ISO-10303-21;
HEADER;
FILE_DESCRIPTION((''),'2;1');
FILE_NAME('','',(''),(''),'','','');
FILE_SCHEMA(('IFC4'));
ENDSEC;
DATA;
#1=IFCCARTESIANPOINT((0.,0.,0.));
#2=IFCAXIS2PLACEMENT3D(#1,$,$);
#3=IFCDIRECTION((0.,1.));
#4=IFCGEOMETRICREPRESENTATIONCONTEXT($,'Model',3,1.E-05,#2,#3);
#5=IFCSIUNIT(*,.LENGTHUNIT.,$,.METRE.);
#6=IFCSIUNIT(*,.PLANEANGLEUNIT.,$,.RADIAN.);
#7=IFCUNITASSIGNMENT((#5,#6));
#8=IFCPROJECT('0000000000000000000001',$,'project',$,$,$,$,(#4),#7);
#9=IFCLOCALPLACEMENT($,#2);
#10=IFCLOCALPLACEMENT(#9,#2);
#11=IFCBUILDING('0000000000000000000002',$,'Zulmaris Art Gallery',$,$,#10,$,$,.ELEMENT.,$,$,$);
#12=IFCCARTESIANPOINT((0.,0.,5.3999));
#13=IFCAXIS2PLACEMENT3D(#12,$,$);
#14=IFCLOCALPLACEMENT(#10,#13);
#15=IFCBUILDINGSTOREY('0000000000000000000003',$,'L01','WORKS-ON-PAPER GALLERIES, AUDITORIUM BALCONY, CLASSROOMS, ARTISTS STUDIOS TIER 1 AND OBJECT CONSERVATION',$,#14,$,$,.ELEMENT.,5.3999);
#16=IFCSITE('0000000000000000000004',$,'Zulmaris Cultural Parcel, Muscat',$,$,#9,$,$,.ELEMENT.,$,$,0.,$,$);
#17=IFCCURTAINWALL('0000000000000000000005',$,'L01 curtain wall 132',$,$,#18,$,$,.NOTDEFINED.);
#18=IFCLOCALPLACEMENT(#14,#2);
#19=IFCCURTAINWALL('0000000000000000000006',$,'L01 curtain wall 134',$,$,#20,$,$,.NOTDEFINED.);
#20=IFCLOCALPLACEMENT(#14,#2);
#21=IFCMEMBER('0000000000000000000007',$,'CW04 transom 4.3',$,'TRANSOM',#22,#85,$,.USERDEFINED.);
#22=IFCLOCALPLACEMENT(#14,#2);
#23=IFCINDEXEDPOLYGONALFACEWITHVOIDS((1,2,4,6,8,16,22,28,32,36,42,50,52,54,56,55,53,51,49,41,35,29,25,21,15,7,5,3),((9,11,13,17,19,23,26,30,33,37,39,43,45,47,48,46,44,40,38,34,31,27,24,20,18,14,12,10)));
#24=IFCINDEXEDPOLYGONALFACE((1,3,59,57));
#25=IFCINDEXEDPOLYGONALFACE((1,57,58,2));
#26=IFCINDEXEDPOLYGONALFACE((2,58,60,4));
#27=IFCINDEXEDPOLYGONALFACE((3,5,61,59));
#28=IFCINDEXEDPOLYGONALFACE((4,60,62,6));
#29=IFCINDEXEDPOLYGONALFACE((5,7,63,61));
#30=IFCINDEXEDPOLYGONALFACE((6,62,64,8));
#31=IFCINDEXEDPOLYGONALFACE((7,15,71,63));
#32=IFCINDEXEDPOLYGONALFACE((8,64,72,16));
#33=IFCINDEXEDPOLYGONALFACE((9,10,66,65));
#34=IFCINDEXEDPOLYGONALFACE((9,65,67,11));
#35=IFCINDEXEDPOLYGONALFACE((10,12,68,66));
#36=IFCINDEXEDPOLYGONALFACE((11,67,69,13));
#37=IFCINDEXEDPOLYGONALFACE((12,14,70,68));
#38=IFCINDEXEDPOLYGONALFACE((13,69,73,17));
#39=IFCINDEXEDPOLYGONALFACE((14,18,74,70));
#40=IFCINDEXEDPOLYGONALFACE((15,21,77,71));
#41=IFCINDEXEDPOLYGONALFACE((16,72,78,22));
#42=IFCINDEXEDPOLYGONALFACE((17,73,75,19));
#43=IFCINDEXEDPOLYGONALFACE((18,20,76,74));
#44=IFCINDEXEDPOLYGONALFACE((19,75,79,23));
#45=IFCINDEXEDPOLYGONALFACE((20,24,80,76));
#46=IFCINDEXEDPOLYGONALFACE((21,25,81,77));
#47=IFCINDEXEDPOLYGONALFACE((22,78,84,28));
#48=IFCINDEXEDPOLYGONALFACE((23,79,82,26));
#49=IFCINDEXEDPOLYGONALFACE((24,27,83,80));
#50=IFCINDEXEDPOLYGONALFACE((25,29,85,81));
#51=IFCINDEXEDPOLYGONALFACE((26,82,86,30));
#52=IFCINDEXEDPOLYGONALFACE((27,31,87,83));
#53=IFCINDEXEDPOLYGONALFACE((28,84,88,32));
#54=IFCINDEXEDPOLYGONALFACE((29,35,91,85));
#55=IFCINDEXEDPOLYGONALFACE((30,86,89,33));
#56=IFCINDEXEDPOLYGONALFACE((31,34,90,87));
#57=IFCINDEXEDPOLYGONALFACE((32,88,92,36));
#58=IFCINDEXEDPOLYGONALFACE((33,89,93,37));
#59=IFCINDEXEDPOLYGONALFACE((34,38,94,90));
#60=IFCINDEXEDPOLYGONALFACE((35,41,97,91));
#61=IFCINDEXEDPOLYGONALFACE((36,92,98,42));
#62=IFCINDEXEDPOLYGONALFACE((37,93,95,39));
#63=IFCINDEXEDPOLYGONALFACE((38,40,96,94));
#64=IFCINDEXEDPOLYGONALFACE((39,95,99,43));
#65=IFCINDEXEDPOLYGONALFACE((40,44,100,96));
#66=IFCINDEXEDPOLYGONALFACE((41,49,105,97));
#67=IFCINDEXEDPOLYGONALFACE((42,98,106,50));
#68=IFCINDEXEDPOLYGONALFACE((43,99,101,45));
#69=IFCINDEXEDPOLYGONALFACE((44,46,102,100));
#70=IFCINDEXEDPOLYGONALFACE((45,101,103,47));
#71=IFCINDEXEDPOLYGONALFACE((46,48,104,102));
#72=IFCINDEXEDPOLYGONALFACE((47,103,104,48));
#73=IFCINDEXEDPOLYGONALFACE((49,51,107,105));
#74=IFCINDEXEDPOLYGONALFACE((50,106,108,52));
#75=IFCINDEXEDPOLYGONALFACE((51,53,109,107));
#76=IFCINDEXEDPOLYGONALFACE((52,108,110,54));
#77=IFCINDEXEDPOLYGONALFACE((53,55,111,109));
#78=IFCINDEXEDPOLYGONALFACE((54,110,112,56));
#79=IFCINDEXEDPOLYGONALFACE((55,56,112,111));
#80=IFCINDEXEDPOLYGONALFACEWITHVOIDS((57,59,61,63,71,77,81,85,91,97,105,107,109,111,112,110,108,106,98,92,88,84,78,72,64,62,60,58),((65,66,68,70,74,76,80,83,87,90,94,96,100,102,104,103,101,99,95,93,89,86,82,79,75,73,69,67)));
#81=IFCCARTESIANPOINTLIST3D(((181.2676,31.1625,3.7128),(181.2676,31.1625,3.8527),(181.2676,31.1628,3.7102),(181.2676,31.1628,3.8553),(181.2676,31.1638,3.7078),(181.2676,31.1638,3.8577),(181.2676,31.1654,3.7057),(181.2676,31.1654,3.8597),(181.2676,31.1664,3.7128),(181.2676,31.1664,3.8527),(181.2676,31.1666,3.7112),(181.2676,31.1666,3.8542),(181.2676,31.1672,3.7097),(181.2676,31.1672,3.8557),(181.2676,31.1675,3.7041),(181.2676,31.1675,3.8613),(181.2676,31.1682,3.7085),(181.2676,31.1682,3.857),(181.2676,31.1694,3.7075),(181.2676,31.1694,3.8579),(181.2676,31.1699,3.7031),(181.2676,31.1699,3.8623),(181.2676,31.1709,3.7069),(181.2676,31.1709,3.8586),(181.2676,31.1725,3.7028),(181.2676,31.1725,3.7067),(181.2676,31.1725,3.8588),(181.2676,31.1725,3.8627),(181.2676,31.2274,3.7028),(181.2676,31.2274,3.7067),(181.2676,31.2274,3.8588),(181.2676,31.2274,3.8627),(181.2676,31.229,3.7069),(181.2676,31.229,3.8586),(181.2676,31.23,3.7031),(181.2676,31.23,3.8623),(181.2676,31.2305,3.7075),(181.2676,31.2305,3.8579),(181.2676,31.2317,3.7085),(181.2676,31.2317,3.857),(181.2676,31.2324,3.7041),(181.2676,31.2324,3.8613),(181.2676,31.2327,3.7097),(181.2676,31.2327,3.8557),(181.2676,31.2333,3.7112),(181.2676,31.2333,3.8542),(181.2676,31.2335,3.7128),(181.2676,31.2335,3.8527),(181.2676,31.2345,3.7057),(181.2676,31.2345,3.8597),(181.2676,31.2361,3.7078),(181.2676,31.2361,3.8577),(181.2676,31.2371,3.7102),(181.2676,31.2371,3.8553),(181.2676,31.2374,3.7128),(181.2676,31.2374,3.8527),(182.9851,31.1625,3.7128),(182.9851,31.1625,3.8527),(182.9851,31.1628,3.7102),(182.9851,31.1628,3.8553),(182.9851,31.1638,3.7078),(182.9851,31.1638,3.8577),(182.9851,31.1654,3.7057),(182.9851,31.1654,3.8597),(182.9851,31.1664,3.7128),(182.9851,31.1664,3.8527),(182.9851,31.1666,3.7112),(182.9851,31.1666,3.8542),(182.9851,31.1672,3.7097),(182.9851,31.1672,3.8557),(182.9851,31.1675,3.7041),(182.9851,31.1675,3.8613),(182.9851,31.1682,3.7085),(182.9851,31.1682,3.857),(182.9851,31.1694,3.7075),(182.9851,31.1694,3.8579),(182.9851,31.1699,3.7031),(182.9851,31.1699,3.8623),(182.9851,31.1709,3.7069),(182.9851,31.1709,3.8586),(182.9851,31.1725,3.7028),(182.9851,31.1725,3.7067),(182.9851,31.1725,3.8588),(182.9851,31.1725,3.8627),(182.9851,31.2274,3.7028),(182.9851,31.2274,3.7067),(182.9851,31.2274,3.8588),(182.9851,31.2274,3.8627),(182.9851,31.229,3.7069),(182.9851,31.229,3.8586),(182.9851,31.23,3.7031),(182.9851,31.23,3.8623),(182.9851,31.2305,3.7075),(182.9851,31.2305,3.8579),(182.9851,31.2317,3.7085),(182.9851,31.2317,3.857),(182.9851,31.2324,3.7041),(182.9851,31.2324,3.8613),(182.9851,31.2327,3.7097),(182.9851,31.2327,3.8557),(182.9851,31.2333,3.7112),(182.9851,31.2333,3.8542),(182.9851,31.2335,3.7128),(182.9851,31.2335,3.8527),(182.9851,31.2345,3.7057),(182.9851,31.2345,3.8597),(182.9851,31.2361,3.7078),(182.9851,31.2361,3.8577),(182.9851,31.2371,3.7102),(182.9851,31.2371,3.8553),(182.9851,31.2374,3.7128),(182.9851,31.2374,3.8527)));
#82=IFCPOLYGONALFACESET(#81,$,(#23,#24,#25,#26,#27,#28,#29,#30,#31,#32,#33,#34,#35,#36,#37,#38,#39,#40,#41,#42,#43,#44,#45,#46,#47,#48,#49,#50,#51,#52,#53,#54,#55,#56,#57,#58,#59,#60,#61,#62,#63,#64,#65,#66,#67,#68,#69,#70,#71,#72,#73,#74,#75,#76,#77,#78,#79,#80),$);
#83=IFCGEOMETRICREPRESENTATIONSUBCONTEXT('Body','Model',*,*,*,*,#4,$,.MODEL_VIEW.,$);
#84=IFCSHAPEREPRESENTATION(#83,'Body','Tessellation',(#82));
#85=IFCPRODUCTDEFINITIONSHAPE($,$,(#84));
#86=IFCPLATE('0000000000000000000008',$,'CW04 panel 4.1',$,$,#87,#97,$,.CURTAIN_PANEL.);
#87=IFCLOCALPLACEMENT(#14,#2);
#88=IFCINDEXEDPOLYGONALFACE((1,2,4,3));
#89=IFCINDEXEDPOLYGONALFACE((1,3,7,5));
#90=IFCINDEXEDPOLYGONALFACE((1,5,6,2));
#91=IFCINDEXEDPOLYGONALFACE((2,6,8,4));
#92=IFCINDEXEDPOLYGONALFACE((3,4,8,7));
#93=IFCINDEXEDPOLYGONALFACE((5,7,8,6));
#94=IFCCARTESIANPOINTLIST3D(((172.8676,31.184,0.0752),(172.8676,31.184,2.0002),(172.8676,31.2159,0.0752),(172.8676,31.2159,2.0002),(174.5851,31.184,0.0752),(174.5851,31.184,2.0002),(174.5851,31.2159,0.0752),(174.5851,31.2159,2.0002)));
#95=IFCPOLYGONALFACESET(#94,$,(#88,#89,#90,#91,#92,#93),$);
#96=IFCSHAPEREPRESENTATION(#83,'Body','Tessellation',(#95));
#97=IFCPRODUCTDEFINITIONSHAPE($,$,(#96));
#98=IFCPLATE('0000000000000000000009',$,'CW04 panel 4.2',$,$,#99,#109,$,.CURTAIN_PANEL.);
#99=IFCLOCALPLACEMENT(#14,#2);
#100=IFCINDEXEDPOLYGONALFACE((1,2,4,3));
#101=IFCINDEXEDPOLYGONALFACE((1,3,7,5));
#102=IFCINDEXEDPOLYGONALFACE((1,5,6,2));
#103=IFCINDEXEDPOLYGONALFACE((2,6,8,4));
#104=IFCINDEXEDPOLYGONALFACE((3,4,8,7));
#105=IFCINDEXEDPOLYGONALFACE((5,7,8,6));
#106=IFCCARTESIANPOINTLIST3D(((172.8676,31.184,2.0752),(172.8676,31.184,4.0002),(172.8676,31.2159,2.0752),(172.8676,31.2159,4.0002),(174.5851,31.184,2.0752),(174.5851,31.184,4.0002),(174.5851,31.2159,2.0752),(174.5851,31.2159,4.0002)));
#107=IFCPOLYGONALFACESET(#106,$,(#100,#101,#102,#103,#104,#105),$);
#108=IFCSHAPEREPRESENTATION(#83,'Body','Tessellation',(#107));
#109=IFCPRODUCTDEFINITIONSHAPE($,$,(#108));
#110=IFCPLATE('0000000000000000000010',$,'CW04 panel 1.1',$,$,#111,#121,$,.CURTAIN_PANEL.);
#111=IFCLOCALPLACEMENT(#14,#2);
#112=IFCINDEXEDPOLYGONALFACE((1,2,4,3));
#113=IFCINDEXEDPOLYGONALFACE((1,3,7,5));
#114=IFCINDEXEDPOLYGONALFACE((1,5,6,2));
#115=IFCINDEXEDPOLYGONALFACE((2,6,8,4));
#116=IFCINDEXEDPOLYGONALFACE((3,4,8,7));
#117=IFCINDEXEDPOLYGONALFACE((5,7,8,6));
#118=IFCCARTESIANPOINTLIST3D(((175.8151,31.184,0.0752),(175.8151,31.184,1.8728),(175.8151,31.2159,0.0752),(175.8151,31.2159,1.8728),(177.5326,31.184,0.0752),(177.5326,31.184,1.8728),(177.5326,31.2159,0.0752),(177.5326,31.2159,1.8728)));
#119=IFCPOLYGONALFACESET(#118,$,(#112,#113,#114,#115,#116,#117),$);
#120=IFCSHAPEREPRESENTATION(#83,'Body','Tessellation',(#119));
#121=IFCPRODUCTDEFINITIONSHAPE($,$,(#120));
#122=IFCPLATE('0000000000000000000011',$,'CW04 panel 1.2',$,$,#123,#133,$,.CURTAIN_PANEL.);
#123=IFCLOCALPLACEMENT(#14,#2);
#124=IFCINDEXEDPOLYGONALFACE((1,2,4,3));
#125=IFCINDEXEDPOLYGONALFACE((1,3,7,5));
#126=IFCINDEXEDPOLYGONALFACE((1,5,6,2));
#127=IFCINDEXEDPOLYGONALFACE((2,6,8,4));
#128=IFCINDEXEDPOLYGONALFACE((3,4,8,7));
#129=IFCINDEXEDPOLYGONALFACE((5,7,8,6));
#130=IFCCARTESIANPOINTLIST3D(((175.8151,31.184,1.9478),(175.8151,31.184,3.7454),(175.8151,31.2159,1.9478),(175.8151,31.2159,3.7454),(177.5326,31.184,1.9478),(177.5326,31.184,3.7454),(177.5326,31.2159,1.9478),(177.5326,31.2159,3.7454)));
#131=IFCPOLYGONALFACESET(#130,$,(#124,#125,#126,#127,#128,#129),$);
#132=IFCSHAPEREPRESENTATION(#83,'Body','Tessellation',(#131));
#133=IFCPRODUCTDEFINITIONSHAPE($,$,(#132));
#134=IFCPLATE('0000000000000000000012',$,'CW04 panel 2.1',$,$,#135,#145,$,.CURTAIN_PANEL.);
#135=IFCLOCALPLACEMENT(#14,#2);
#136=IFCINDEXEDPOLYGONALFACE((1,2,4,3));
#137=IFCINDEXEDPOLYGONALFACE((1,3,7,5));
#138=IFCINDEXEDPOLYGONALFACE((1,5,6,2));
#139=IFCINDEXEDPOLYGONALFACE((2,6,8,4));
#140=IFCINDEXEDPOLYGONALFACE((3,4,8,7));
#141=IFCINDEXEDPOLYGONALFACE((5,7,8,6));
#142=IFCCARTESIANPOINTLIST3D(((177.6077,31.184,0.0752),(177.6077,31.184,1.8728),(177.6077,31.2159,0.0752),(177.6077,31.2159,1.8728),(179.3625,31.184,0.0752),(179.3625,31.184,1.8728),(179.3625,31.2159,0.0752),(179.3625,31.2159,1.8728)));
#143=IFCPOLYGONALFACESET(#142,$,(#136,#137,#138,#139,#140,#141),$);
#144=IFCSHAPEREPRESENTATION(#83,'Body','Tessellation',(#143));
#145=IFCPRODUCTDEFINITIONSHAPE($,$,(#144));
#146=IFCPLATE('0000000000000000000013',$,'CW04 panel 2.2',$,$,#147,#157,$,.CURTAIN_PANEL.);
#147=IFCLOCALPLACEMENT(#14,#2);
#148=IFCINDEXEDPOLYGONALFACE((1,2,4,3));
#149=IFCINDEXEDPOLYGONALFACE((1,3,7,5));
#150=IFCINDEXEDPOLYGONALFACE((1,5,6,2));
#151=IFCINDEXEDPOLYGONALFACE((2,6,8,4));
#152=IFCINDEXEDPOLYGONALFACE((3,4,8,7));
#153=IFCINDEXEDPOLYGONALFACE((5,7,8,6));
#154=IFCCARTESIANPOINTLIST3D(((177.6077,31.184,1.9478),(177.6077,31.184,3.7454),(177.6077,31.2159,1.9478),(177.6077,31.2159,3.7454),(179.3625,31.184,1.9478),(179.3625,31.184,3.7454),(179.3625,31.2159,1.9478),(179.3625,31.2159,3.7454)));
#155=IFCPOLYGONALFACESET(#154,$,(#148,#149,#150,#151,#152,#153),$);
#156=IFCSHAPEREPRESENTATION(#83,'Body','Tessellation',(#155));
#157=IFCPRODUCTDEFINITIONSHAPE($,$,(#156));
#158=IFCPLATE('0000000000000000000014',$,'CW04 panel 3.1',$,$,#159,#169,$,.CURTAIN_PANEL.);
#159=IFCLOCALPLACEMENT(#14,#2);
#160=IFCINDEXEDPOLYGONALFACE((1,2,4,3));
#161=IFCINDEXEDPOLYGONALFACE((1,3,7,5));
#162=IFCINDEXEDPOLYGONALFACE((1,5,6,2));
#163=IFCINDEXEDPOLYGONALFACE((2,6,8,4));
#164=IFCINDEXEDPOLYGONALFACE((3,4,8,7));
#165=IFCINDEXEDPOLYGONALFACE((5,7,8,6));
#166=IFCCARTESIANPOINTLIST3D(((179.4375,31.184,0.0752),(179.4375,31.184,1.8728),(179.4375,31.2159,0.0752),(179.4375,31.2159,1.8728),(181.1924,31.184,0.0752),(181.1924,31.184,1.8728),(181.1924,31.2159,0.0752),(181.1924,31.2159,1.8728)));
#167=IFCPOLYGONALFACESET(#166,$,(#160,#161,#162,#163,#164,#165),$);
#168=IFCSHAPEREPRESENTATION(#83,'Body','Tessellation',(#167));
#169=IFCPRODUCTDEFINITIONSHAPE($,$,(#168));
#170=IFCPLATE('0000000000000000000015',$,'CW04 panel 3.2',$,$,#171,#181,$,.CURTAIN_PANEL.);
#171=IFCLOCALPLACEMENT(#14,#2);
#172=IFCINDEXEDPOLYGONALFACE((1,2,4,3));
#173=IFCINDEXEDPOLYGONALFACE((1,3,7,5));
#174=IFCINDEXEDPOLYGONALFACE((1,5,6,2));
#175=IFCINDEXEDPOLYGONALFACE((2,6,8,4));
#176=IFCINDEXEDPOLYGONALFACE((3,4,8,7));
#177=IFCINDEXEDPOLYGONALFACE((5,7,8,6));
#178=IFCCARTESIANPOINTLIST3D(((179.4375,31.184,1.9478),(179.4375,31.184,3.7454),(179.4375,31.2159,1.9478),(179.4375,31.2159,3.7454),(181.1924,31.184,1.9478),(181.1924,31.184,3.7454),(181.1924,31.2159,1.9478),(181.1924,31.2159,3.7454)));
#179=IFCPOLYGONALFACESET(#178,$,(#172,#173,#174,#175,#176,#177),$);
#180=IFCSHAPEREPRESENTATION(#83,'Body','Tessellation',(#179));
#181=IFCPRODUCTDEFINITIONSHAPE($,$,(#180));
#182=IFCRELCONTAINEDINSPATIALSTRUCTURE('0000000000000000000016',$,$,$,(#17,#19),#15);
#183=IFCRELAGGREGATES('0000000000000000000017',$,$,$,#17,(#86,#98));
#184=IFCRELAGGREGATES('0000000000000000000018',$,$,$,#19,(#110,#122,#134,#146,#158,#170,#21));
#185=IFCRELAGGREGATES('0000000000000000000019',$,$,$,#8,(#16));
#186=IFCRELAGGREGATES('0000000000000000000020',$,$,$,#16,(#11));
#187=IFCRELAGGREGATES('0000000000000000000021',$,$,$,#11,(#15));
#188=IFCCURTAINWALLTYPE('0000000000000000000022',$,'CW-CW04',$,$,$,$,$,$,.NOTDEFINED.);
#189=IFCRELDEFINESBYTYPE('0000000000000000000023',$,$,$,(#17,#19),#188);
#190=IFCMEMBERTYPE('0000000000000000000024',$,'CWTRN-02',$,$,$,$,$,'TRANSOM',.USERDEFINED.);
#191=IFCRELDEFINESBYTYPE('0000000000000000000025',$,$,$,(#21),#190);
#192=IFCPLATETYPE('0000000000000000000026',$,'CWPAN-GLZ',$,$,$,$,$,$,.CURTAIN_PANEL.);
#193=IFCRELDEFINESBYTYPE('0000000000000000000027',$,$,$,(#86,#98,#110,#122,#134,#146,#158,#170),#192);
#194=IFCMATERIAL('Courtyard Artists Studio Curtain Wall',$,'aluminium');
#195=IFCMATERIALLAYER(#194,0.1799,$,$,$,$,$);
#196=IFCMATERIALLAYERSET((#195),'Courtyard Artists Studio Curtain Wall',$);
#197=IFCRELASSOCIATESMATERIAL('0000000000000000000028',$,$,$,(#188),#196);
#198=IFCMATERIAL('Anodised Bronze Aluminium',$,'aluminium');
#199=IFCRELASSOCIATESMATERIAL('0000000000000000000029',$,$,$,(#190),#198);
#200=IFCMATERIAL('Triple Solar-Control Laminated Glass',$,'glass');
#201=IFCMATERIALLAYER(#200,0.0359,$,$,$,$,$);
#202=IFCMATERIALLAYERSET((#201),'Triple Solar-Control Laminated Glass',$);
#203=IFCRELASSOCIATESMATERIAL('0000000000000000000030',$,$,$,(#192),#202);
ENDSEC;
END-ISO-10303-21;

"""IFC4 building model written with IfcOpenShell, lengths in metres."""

from ifc_helpers import new_model, si_unit, direction, frame, origin, origin_2d, place, context, subcontext, project, spatial, rectangle, hollow_rectangle, extrude, material, layer, layer_set, material_profile, profile_set, type_object, element, aggregate, save


model = new_model("IFC4")

# Units and contexts
model_context = context("Model", 3, precision=1e-05, world=origin(), true_north=direction((0.0, 1.0)))
body_context = subcontext(model_context, "Body", "Model", "MODEL_VIEW")
ifc_project = project(units=[si_unit("LENGTHUNIT", "METRE"), si_unit("PLANEANGLEUNIT", "RADIAN")], contexts=[model_context])

# Site, building, storey
site_placement = place(None, origin())
site = spatial("IfcSite", under=ifc_project, at=site_placement, Name="Zulmaris Cultural Parcel, Muscat", CompositionType="ELEMENT", RefElevation=0.0)
building_placement = place(site_placement, origin())
building = spatial("IfcBuilding", under=site, at=building_placement, Name="Zulmaris Art Gallery", CompositionType="ELEMENT")
storey_placement = place(building_placement, frame((0.0, 0.0, 5.3999)))
storey = spatial("IfcBuildingStorey", under=building, at=storey_placement, Name="L01", Description="WORKS-ON-PAPER GALLERIES, AUDITORIUM BALCONY, CLASSROOMS, ARTISTS STUDIOS TIER 1 AND OBJECT CONSERVATION", CompositionType="ELEMENT", Elevation=5.3999)

# Curtain wall
ifc_material_1 = material(Name="Courtyard Artists Studio Curtain Wall", Category="aluminium")
ifc_layer_1 = layer(ifc_material_1, 0.1799)
ifc_layer_set_1 = layer_set([ifc_layer_1], Name="Courtyard Artists Studio Curtain Wall")
curtain_wall_type = type_object("IfcCurtainWallType", Name="CW-CW04", PredefinedType="NOTDEFINED", material=ifc_layer_set_1)
curtain_wall_1_placement = place(storey_placement, origin())
curtain_wall_1 = element("IfcCurtainWall", 1, at=curtain_wall_1_placement, inside=storey, type_object=curtain_wall_type, Name="L01 curtain wall 132", PredefinedType="NOTDEFINED")
ifc_material_2 = material(Name="Anodised Bronze Aluminium", Category="aluminium")

# Curtain wall
curtain_wall_2_placement = place(storey_placement, origin())
curtain_wall_2 = element("IfcCurtainWall", 2, at=curtain_wall_2_placement, inside=storey, type_object=curtain_wall_type, Name="L01 curtain wall 134", PredefinedType="NOTDEFINED")

# Member
ifc_material_profile_1 = material_profile(ifc_material_2, hollow_rectangle(XDim=0.075, YDim=0.1599, WallThickness=0.0039, InnerFilletRadius=0.0061, OuterFilletRadius=0.01, at=origin_2d()), Name="ALU 75x160x4")
ifc_profile_set_1 = profile_set([ifc_material_profile_1], Name="Anodised Bronze Aluminium")
member_type_1 = type_object("IfcMemberType", Name="CWTRN-02", ElementType="TRANSOM", PredefinedType="USERDEFINED", material=ifc_profile_set_1)
member_1_placement = place(storey_placement, frame((181.2676, 31.2, 3.7827), z_axis=(1.0, 0.0, 0.0), x_axis=(0.0, 1.0, 0.0)))
member_1 = element("IfcMember", 3, at=member_1_placement, type_object=member_type_1, Name="CW04 transom 4.3", ObjectType="TRANSOM", PredefinedType="USERDEFINED", context=body_context, shape_type="SweptSolid", body=[
    extrude(hollow_rectangle(XDim=0.075, YDim=0.1599, WallThickness=0.0039, InnerFilletRadius=0.0061, OuterFilletRadius=0.01, at=origin_2d()), origin(), (0.0, 0.0, 1.0), 1.7175),
])

# Plates
ifc_material_3 = material(Name="Triple Solar-Control Laminated Glass", Category="glass")
ifc_layer_2 = layer(ifc_material_3, 0.0359)
ifc_layer_set_2 = layer_set([ifc_layer_2], Name="Triple Solar-Control Laminated Glass")
plate_type = type_object("IfcPlateType", Name="CWPAN-GLZ", PredefinedType="CURTAIN_PANEL", material=ifc_layer_set_2)
plate_1_placement = place(storey_placement, frame((173.7263, 31.2, 0.0752), z_axis=(0.0, 0.0, 1.0), x_axis=(1.0, 0.0, 0.0)))
plate_1 = element("IfcPlate", 4, at=plate_1_placement, type_object=plate_type, Name="CW04 panel 4.1", PredefinedType="CURTAIN_PANEL", context=body_context, shape_type="SweptSolid", body=[
    extrude(rectangle(XDim=1.7175, YDim=0.032, at=origin_2d()), origin(), (0.0, 0.0, 1.0), 1.925),
])
plate_2_placement = place(storey_placement, frame((173.7263, 31.2, 2.0752), z_axis=(0.0, 0.0, 1.0), x_axis=(1.0, 0.0, 0.0)))
plate_2 = element("IfcPlate", 5, at=plate_2_placement, type_object=plate_type, Name="CW04 panel 4.2", PredefinedType="CURTAIN_PANEL", context=body_context, shape_type="SweptSolid", body=[
    extrude(rectangle(XDim=1.7175, YDim=0.032, at=origin_2d()), origin(), (0.0, 0.0, 1.0), 1.925),
])
aggregate(curtain_wall_1, [plate_1, plate_2])
plate_3_placement = place(storey_placement, frame((176.6738, 31.2, 0.0752), z_axis=(0.0, 0.0, 1.0), x_axis=(1.0, 0.0, 0.0)))
plate_3 = element("IfcPlate", 6, at=plate_3_placement, type_object=plate_type, Name="CW04 panel 1.1", PredefinedType="CURTAIN_PANEL", context=body_context, shape_type="SweptSolid", body=[
    extrude(rectangle(XDim=1.7175, YDim=0.032, at=origin_2d()), origin(), (0.0, 0.0, 1.0), 1.7976),
])
plate_4_placement = place(storey_placement, frame((176.6738, 31.2, 1.9478), z_axis=(0.0, 0.0, 1.0), x_axis=(1.0, 0.0, 0.0)))
plate_4 = element("IfcPlate", 7, at=plate_4_placement, type_object=plate_type, Name="CW04 panel 1.2", PredefinedType="CURTAIN_PANEL", context=body_context, shape_type="SweptSolid", body=[
    extrude(rectangle(XDim=1.7175, YDim=0.032, at=origin_2d()), origin(), (0.0, 0.0, 1.0), 1.7976),
])
plate_5_placement = place(storey_placement, frame((178.4851, 31.2, 0.0752), z_axis=(0.0, 0.0, 1.0), x_axis=(1.0, 0.0, 0.0)))
plate_5 = element("IfcPlate", 8, at=plate_5_placement, type_object=plate_type, Name="CW04 panel 2.1", PredefinedType="CURTAIN_PANEL", context=body_context, shape_type="SweptSolid", body=[
    extrude(rectangle(XDim=1.7549, YDim=0.032, at=origin_2d()), origin(), (0.0, 0.0, 1.0), 1.7976),
])
plate_6_placement = place(storey_placement, frame((178.4851, 31.2, 1.9478), z_axis=(0.0, 0.0, 1.0), x_axis=(1.0, 0.0, 0.0)))
plate_6 = element("IfcPlate", 9, at=plate_6_placement, type_object=plate_type, Name="CW04 panel 2.2", PredefinedType="CURTAIN_PANEL", context=body_context, shape_type="SweptSolid", body=[
    extrude(rectangle(XDim=1.7549, YDim=0.032, at=origin_2d()), origin(), (0.0, 0.0, 1.0), 1.7976),
])
plate_7_placement = place(storey_placement, frame((180.3149, 31.2, 0.0752), z_axis=(0.0, 0.0, 1.0), x_axis=(1.0, 0.0, 0.0)))
plate_7 = element("IfcPlate", 10, at=plate_7_placement, type_object=plate_type, Name="CW04 panel 3.1", PredefinedType="CURTAIN_PANEL", context=body_context, shape_type="SweptSolid", body=[
    extrude(rectangle(XDim=1.7549, YDim=0.032, at=origin_2d()), origin(), (0.0, 0.0, 1.0), 1.7976),
])
plate_8_placement = place(storey_placement, frame((180.3149, 31.2, 1.9478), z_axis=(0.0, 0.0, 1.0), x_axis=(1.0, 0.0, 0.0)))
plate_8 = element("IfcPlate", 11, at=plate_8_placement, type_object=plate_type, Name="CW04 panel 3.2", PredefinedType="CURTAIN_PANEL", context=body_context, shape_type="SweptSolid", body=[
    extrude(rectangle(XDim=1.7549, YDim=0.032, at=origin_2d()), origin(), (0.0, 0.0, 1.0), 1.7976),
])
aggregate(curtain_wall_2, [plate_3, plate_4, plate_5, plate_6, plate_7, plate_8, member_1])

save(model, "model.ifc")
